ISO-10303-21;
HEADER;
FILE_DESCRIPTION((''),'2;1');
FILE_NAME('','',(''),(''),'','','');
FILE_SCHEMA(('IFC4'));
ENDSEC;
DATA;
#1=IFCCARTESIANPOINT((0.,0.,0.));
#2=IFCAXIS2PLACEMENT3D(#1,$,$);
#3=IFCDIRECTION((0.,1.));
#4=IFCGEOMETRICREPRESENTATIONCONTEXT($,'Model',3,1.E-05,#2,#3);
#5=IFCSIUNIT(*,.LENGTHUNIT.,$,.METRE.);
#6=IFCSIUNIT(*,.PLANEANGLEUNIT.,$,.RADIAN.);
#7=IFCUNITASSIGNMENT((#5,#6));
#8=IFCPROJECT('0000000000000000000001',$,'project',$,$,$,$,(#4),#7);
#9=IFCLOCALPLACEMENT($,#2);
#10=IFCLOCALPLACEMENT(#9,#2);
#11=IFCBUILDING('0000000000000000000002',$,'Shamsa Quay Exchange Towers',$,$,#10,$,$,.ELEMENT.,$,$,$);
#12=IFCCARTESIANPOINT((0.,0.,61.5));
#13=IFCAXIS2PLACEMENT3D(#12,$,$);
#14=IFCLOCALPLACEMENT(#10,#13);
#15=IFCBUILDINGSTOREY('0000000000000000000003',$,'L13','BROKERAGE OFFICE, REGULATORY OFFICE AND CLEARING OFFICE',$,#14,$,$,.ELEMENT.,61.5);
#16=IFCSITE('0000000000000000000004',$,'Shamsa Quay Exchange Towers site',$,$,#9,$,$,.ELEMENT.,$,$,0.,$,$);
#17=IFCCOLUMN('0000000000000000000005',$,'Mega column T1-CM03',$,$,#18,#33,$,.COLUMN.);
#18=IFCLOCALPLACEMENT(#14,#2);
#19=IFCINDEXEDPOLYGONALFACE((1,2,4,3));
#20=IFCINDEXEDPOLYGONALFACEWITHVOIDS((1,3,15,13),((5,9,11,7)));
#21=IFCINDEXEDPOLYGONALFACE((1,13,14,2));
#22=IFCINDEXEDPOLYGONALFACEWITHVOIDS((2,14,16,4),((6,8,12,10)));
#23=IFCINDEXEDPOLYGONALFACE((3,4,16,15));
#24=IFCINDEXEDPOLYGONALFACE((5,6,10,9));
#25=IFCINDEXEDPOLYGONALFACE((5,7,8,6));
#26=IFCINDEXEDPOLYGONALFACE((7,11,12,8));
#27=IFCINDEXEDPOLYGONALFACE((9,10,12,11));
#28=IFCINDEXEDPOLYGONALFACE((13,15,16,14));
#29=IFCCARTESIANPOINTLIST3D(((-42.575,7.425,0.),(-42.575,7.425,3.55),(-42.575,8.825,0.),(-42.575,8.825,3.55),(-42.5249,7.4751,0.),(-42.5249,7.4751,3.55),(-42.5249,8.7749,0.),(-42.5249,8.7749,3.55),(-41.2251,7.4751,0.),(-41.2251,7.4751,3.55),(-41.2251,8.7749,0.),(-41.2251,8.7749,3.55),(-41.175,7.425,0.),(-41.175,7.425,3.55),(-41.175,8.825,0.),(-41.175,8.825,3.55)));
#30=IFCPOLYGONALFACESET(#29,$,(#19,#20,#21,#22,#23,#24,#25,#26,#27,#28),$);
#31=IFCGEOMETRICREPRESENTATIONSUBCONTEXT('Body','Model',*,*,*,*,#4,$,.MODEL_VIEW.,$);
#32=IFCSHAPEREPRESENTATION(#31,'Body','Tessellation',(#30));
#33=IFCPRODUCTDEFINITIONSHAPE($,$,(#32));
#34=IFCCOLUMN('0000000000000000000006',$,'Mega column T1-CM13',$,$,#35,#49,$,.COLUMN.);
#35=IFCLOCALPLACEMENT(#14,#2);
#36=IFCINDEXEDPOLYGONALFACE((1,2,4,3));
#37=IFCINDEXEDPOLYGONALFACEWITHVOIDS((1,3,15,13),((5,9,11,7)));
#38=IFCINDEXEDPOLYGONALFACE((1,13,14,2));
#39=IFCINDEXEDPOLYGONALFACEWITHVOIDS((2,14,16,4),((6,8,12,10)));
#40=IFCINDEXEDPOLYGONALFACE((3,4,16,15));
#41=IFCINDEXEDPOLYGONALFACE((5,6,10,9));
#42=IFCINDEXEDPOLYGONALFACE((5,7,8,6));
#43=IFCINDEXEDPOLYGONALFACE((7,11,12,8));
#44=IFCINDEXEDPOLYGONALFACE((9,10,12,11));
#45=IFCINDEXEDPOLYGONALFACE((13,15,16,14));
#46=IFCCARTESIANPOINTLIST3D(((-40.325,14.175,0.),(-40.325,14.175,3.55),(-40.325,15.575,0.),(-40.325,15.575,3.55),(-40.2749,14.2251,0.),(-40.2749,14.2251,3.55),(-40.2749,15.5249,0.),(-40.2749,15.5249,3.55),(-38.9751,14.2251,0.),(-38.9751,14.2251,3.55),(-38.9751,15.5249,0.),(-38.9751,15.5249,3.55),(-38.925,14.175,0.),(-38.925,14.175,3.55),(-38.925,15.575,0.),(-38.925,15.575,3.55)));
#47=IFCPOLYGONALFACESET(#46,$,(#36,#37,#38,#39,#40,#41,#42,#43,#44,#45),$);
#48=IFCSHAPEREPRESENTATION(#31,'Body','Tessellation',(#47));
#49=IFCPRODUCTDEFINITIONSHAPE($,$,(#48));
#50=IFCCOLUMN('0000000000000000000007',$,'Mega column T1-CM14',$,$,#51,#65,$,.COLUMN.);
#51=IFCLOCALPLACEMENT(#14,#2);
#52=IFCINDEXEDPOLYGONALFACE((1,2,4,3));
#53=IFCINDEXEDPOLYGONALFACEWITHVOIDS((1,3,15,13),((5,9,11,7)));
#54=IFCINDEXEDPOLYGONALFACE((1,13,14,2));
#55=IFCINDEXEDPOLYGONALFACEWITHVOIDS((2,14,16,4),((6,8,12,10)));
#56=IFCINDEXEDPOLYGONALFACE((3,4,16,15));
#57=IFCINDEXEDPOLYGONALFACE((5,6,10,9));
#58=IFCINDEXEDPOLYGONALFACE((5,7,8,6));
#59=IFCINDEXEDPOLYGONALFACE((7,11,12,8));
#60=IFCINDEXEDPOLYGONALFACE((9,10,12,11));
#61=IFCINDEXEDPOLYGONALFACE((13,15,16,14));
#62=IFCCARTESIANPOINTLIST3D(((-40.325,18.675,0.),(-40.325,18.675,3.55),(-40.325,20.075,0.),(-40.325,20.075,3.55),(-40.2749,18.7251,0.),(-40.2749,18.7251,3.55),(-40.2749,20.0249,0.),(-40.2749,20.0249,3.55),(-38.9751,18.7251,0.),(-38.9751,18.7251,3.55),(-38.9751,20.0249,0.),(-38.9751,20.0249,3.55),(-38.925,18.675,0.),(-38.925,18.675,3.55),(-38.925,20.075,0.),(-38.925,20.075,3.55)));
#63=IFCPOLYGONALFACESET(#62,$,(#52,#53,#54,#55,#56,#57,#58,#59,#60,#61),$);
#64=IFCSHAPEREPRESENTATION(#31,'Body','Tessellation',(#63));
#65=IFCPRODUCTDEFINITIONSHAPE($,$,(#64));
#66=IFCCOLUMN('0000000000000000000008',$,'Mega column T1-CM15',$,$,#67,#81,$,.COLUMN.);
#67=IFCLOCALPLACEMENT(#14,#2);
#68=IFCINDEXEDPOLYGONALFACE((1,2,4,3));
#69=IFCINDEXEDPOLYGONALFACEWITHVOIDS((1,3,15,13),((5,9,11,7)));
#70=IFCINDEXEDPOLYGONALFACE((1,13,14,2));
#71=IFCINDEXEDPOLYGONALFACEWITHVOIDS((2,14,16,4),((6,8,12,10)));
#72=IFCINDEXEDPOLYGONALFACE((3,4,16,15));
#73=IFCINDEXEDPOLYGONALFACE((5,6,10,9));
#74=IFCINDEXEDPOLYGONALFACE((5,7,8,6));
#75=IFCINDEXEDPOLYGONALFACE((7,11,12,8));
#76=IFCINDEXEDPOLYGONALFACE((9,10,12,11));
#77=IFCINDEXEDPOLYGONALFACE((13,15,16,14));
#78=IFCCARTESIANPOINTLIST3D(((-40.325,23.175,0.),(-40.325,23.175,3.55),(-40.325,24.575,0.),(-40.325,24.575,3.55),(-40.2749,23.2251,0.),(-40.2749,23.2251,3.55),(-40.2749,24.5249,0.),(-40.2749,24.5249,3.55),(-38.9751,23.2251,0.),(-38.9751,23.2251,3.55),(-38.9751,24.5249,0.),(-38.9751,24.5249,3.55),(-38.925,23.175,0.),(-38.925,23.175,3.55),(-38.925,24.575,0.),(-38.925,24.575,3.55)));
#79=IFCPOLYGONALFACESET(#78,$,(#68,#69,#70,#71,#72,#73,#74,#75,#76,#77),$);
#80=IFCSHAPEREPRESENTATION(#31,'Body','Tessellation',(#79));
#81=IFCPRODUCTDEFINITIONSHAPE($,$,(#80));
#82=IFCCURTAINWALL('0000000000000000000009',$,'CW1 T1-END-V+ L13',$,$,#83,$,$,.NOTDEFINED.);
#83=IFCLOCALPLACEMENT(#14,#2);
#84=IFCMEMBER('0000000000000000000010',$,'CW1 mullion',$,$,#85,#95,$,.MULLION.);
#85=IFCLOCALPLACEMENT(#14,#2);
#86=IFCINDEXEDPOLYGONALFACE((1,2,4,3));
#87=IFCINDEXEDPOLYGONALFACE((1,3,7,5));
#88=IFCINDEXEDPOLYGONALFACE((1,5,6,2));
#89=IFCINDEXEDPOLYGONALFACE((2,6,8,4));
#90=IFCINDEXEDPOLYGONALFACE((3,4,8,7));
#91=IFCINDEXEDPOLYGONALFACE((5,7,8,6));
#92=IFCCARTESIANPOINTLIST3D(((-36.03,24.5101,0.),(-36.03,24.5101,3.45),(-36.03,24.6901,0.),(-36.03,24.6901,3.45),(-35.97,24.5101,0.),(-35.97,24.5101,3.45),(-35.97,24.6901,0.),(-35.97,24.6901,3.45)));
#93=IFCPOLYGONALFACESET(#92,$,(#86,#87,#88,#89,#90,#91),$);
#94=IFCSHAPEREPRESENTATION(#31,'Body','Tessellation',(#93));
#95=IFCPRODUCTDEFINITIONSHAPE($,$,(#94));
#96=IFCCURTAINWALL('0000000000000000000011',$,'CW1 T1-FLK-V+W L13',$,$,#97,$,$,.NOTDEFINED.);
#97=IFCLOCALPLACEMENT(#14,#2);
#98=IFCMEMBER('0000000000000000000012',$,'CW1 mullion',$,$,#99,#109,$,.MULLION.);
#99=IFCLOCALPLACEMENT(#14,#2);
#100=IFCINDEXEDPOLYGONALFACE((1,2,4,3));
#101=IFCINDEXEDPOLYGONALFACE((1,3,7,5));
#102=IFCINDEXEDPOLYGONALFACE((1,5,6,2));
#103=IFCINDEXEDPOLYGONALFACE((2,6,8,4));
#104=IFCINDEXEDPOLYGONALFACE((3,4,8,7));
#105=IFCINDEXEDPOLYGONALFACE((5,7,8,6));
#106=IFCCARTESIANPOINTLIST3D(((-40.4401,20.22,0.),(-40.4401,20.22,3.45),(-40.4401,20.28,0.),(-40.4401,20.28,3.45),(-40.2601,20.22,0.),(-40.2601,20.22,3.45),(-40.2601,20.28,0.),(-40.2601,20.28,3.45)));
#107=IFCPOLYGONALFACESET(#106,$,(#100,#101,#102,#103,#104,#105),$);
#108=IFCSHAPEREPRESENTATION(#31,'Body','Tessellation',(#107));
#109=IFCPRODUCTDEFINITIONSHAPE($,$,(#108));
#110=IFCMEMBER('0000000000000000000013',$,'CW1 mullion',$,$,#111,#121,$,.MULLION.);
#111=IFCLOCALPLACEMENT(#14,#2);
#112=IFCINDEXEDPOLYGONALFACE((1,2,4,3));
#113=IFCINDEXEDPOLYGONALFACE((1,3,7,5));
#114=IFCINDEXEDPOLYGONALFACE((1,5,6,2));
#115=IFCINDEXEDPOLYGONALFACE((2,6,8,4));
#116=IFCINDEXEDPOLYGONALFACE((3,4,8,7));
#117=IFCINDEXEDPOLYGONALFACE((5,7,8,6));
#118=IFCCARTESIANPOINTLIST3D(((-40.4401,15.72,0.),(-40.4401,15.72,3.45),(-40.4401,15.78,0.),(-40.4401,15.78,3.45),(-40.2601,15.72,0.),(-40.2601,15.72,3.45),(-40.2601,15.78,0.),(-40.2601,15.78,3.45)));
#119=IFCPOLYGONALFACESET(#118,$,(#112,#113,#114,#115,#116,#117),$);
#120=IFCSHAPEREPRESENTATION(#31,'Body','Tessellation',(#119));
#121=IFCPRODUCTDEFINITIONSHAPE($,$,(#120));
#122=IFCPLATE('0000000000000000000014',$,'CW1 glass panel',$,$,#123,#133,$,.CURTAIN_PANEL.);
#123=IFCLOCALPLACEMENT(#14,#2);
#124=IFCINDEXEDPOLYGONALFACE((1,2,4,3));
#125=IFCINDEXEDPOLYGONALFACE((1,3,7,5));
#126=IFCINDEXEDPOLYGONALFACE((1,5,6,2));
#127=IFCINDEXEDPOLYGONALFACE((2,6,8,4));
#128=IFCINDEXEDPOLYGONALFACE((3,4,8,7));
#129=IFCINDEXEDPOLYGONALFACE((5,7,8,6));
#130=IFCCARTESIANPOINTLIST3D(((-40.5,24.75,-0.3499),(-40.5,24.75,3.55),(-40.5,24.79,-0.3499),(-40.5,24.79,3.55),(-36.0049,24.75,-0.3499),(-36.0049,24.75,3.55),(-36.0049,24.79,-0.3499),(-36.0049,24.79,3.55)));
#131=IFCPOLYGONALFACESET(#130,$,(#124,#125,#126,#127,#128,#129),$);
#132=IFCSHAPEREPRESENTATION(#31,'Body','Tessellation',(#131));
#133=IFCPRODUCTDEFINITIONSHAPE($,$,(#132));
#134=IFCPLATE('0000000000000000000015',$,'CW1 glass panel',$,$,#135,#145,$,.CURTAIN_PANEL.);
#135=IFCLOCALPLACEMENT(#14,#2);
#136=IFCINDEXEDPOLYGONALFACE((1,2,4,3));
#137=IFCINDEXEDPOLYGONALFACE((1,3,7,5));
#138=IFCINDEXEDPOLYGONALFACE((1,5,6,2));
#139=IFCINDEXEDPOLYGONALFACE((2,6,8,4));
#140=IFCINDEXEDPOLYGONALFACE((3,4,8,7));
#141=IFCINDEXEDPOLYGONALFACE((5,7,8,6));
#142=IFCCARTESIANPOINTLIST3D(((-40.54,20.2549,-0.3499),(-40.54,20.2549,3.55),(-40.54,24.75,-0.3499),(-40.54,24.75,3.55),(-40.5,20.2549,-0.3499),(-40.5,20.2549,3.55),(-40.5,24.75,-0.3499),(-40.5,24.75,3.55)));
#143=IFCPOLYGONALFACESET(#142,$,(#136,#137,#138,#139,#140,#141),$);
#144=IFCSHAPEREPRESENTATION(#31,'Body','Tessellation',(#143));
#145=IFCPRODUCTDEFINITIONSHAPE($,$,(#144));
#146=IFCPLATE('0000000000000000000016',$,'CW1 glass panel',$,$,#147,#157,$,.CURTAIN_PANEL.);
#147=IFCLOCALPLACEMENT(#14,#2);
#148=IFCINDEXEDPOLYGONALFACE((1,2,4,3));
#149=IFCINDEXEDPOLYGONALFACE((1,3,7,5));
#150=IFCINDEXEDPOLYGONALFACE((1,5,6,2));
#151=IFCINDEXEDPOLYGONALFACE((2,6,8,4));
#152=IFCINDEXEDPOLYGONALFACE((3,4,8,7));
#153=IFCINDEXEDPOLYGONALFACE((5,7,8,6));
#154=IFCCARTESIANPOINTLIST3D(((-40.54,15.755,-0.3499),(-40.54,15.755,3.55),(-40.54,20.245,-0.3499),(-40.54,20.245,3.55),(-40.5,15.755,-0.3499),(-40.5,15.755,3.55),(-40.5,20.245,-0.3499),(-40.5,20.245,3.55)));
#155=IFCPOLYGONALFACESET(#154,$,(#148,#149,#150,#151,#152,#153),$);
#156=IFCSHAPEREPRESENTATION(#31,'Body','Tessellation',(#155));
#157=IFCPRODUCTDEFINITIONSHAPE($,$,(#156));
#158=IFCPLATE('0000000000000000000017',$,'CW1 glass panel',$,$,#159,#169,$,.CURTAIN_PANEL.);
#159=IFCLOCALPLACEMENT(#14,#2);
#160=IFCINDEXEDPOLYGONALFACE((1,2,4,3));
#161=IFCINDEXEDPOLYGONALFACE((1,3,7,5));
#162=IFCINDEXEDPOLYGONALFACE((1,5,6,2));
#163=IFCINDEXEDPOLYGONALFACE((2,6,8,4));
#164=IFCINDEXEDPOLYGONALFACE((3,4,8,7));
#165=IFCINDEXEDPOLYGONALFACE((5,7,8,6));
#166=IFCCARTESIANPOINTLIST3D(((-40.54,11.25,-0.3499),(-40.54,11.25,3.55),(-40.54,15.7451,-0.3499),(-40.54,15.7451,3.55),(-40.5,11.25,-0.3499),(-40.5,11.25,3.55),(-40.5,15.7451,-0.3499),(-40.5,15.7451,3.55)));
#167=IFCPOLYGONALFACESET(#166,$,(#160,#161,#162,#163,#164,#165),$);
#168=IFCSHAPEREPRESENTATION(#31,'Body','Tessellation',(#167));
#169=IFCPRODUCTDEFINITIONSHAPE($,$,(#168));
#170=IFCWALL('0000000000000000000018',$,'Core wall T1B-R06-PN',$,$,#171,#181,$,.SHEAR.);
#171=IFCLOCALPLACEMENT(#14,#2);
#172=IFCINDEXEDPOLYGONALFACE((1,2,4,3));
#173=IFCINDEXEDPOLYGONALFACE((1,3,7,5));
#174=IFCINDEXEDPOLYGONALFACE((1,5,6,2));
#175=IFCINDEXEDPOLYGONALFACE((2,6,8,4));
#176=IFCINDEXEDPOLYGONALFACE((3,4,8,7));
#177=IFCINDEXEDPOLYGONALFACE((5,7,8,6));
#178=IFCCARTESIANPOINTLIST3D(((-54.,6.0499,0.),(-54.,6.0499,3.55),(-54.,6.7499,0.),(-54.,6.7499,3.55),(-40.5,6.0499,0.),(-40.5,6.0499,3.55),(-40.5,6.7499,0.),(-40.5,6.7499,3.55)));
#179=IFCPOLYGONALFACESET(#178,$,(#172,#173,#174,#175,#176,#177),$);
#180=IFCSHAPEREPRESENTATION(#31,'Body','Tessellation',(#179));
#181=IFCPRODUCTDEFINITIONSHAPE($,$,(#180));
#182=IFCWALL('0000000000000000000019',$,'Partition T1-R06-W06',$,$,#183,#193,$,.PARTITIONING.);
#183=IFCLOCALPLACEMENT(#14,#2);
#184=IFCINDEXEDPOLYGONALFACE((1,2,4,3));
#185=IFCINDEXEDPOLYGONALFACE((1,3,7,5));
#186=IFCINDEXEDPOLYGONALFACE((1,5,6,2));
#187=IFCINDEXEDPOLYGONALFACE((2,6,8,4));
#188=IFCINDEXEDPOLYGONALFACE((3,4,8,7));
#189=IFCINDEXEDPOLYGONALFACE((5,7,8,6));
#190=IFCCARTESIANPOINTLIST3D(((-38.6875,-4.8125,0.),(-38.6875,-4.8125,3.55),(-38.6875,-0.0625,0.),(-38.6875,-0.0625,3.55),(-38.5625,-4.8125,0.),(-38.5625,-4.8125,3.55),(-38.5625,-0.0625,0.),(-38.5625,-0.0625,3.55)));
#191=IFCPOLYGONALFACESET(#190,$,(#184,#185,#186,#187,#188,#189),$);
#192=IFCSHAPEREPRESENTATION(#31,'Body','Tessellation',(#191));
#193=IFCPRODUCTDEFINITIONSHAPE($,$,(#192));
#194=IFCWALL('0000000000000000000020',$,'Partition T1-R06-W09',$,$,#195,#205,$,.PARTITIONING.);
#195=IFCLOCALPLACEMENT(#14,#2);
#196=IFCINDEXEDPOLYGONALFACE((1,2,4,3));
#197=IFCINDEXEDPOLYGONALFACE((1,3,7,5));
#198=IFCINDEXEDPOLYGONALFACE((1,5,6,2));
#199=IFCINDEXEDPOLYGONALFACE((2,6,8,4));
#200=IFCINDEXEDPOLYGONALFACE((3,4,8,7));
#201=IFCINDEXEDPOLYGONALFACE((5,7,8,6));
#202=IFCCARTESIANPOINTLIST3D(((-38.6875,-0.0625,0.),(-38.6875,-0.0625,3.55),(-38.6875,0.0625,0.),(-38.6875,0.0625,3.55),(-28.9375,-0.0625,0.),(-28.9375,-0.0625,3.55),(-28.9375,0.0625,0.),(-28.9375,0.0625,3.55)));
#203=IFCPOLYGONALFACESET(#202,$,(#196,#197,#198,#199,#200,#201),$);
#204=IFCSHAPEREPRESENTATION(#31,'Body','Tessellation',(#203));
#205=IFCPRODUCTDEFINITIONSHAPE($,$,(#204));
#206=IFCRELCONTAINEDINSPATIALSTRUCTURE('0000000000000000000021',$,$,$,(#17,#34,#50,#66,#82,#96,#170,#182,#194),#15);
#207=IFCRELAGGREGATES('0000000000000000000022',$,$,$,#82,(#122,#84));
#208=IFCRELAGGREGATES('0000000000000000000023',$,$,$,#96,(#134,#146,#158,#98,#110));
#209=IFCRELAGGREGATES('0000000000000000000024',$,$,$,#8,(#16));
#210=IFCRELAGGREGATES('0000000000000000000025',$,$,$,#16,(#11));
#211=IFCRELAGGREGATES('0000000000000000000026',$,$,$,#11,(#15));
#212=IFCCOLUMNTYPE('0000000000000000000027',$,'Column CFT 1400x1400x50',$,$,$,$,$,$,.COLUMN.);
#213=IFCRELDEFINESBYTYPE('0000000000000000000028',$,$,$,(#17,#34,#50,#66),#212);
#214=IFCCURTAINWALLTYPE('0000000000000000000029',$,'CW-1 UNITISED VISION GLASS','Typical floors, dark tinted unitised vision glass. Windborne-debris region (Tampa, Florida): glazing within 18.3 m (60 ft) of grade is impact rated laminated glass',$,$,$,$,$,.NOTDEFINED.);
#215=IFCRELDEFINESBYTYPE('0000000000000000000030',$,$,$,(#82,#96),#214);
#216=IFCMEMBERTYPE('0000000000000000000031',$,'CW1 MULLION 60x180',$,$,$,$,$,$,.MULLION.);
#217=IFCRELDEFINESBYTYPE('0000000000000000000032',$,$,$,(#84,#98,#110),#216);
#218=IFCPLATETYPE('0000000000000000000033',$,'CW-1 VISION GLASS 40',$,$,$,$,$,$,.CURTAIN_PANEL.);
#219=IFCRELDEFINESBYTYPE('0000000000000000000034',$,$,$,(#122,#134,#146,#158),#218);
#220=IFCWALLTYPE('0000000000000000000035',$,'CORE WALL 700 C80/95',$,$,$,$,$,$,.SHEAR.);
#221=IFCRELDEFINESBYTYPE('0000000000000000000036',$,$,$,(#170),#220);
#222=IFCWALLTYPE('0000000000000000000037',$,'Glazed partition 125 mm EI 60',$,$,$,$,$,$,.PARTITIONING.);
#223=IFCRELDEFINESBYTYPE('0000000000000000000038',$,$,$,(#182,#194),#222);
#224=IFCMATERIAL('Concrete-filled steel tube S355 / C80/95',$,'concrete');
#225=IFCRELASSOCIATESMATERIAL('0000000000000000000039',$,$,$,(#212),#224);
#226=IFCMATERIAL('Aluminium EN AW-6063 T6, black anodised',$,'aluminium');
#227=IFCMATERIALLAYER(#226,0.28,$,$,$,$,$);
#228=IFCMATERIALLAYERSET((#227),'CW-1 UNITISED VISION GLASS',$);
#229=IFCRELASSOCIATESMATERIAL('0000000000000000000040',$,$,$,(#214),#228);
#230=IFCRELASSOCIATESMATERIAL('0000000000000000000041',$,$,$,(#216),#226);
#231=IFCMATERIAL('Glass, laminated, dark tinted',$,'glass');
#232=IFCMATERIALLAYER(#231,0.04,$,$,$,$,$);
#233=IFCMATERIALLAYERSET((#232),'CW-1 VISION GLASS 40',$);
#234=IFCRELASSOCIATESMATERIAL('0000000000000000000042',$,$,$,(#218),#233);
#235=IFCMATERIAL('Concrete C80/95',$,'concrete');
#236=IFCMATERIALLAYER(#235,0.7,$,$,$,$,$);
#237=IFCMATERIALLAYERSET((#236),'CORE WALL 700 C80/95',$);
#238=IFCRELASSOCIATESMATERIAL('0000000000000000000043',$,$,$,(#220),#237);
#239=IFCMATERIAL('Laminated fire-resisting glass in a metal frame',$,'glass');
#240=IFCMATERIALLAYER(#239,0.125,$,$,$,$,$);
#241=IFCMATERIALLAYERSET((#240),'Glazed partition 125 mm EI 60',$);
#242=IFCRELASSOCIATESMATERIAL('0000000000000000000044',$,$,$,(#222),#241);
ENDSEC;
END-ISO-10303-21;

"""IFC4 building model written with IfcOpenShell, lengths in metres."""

from ifc_helpers import new_model, si_unit, direction, frame, frame_2d, origin, origin_2d, place, context, subcontext, project, spatial, rectangle, hollow_rectangle, extrude, material, layer, layer_set, material_profile, profile_set, type_object, element, aggregate, save


model = new_model("IFC4")

# Units and contexts
model_context = context("Model", 3, precision=1e-05, world=origin(), true_north=direction((0.0, 1.0)))
body_context = subcontext(model_context, "Body", "Model", "MODEL_VIEW")
ifc_project = project(units=[si_unit("LENGTHUNIT", "METRE"), si_unit("PLANEANGLEUNIT", "RADIAN")], contexts=[model_context])

# Site, building, storey
site_placement = place(None, origin())
site = spatial("IfcSite", under=ifc_project, at=site_placement, Name="Shamsa Quay Exchange Towers site", CompositionType="ELEMENT", RefElevation=0.0)
building_placement = place(site_placement, origin())
building = spatial("IfcBuilding", under=site, at=building_placement, Name="Shamsa Quay Exchange Towers", CompositionType="ELEMENT")
storey_placement = place(building_placement, frame((0.0, 0.0, 61.5)))
storey = spatial("IfcBuildingStorey", under=building, at=storey_placement, Name="L13", Description="BROKERAGE OFFICE, REGULATORY OFFICE AND CLEARING OFFICE", CompositionType="ELEMENT", Elevation=61.5)

# Columns
ifc_material_1 = material(Name="Concrete-filled steel tube S355 / C80/95", Category="concrete")
ifc_material_profile_1 = material_profile(ifc_material_1, hollow_rectangle(XDim=1.3999, YDim=1.3999, WallThickness=0.05, at=origin_2d()), Name="CFT 1400x1400x50")
ifc_profile_set_1 = profile_set([ifc_material_profile_1], Name="Concrete-filled steel tube S355 / C80/95")
column_type = type_object("IfcColumnType", Name="Column CFT 1400x1400x50", PredefinedType="COLUMN", material=ifc_profile_set_1)
for number, where, name in (
    (1, (-41.875, 8.125, 0.0), "Mega column T1-CM03"),
    (2, (-39.625, 14.875, 0.0), "Mega column T1-CM13"),
    (3, (-39.625, 19.375, 0.0), "Mega column T1-CM14"),
    (4, (-39.625, 23.875, 0.0), "Mega column T1-CM15"),
):
    element("IfcColumn", number, at=place(storey_placement, frame(where)), inside=storey, type_object=column_type, Name=name, PredefinedType="COLUMN", context=body_context, shape_type="SweptSolid", body=[
        extrude(hollow_rectangle(XDim=1.3999, YDim=1.3999, WallThickness=0.05, at=origin_2d()), origin(), (0.0, 0.0, 1.0), 3.55),
    ])

# Curtain wall, member
ifc_material_2 = material(Name="Aluminium EN AW-6063 T6, black anodised", Category="aluminium")
ifc_layer_1 = layer(ifc_material_2, 0.28)
ifc_layer_set_1 = layer_set([ifc_layer_1], Name="CW-1 UNITISED VISION GLASS")
curtain_wall_type = type_object("IfcCurtainWallType", Name="CW-1 UNITISED VISION GLASS", Description="Typical floors, dark tinted unitised vision glass. Windborne-debris region (Tampa, Florida): glazing within 18.3 m (60 ft) of grade is impact rated laminated glass", PredefinedType="NOTDEFINED", material=ifc_layer_set_1)
curtain_wall_1_placement = place(storey_placement, origin())
curtain_wall_1 = element("IfcCurtainWall", 5, at=curtain_wall_1_placement, inside=storey, type_object=curtain_wall_type, Name="CW1 T1-END-V+ L13", PredefinedType="NOTDEFINED")
ifc_material_profile_2 = material_profile(ifc_material_2, rectangle(XDim=0.1799, YDim=0.0601, at=origin_2d()), Name="MU60x180")
ifc_profile_set_2 = profile_set([ifc_material_profile_2], Name="Aluminium EN AW-6063 T6, black anodised")
member_type = type_object("IfcMemberType", Name="CW1 MULLION 60x180", PredefinedType="MULLION", material=ifc_profile_set_2)
member_1_placement = place(storey_placement, frame((-36.0, 24.6001, 0.0), z_axis=(0.0, 0.0, 1.0), x_axis=(0.0, -1.0, 0.0)))
member_1 = element("IfcMember", 6, at=member_1_placement, type_object=member_type, Name="CW1 mullion", PredefinedType="MULLION", context=body_context, shape_type="SweptSolid", body=[
    extrude(rectangle(XDim=0.1799, YDim=0.0601, at=origin_2d()), origin(), (0.0, 0.0, 1.0), 3.45),
])

# Curtain wall, members
curtain_wall_2_placement = place(storey_placement, origin())
curtain_wall_2 = element("IfcCurtainWall", 7, at=curtain_wall_2_placement, inside=storey, type_object=curtain_wall_type, Name="CW1 T1-FLK-V+W L13", PredefinedType="NOTDEFINED")
member_2_placement = place(storey_placement, frame((-40.3501, 20.25, 0.0)))
member_2 = element("IfcMember", 8, at=member_2_placement, type_object=member_type, Name="CW1 mullion", PredefinedType="MULLION", context=body_context, shape_type="SweptSolid", body=[
    extrude(rectangle(XDim=0.1799, YDim=0.0601, at=origin_2d()), origin(), (0.0, 0.0, 1.0), 3.45),
])
member_3_placement = place(storey_placement, frame((-40.3501, 15.75, 0.0)))
member_3 = element("IfcMember", 9, at=member_3_placement, type_object=member_type, Name="CW1 mullion", PredefinedType="MULLION", context=body_context, shape_type="SweptSolid", body=[
    extrude(rectangle(XDim=0.1799, YDim=0.0601, at=origin_2d()), origin(), (0.0, 0.0, 1.0), 3.45),
])

# Plates
ifc_material_3 = material(Name="Glass, laminated, dark tinted", Category="glass")
ifc_layer_2 = layer(ifc_material_3, 0.04)
ifc_layer_set_2 = layer_set([ifc_layer_2], Name="CW-1 VISION GLASS 40")
plate_type = type_object("IfcPlateType", Name="CW-1 VISION GLASS 40", PredefinedType="CURTAIN_PANEL", material=ifc_layer_set_2)
plate_1_placement = place(storey_placement, frame((-38.2524, 24.77, -0.3499), z_axis=(0.0, 0.0, 1.0), x_axis=(-1.0, 0.0, 0.0)))
plate_1 = element("IfcPlate", 10, at=plate_1_placement, type_object=plate_type, Name="CW1 glass panel", PredefinedType="CURTAIN_PANEL", context=body_context, shape_type="SweptSolid", body=[
    extrude(rectangle(XDim=4.4951, YDim=0.04, at=origin_2d()), origin(), (0.0, 0.0, 1.0), 3.8999),
])
aggregate(curtain_wall_1, [plate_1, member_1])
plate_2_placement = place(storey_placement, frame((-40.52, 22.5024, -0.3499), z_axis=(0.0, 0.0, 1.0), x_axis=(0.0, -1.0, 0.0)))
plate_2 = element("IfcPlate", 11, at=plate_2_placement, type_object=plate_type, Name="CW1 glass panel", PredefinedType="CURTAIN_PANEL", context=body_context, shape_type="SweptSolid", body=[
    extrude(rectangle(XDim=4.4951, YDim=0.04, at=origin_2d()), origin(), (0.0, 0.0, 1.0), 3.8999),
])
plate_3_placement = place(storey_placement, frame((-40.52, 18.0, -0.3499), z_axis=(0.0, 0.0, 1.0), x_axis=(0.0, -1.0, 0.0)))
plate_3 = element("IfcPlate", 12, at=plate_3_placement, type_object=plate_type, Name="CW1 glass panel", PredefinedType="CURTAIN_PANEL", context=body_context, shape_type="SweptSolid", body=[
    extrude(rectangle(XDim=4.49, YDim=0.04, at=origin_2d()), origin(), (0.0, 0.0, 1.0), 3.8999),
])
plate_4_placement = place(storey_placement, frame((-40.52, 13.4976, -0.3499), z_axis=(0.0, 0.0, 1.0), x_axis=(0.0, -1.0, 0.0)))
plate_4 = element("IfcPlate", 13, at=plate_4_placement, type_object=plate_type, Name="CW1 glass panel", PredefinedType="CURTAIN_PANEL", context=body_context, shape_type="SweptSolid", body=[
    extrude(rectangle(XDim=4.4951, YDim=0.04, at=origin_2d()), origin(), (0.0, 0.0, 1.0), 3.8999),
])
aggregate(curtain_wall_2, [plate_2, plate_3, plate_4, member_2, member_3])

# Walls
ifc_material_4 = material(Name="Concrete C80/95", Category="concrete")
ifc_layer_3 = layer(ifc_material_4, 0.7)
ifc_layer_set_3 = layer_set([ifc_layer_3], Name="CORE WALL 700 C80/95")
wall_type_1 = type_object("IfcWallType", Name="CORE WALL 700 C80/95", PredefinedType="SHEAR", material=ifc_layer_set_3)
wall_1_placement = place(storey_placement, frame((-40.5, 6.3999, 0.0), z_axis=(0.0, 0.0, 1.0), x_axis=(-1.0, 0.0, 0.0)))
element("IfcWall", 14, at=wall_1_placement, inside=storey, type_object=wall_type_1, Name="Core wall T1B-R06-PN", PredefinedType="SHEAR", context=body_context, shape_type="SweptSolid", body=[
    extrude(rectangle(XDim=13.5, YDim=0.7, at=frame_2d((6.75, 0.0))), origin(), (0.0, 0.0, 1.0), 3.55),
])
ifc_material_5 = material(Name="Laminated fire-resisting glass in a metal frame", Category="glass")
ifc_layer_4 = layer(ifc_material_5, 0.125)
ifc_layer_set_4 = layer_set([ifc_layer_4], Name="Glazed partition 125 mm EI 60")
wall_type_2 = type_object("IfcWallType", Name="Glazed partition 125 mm EI 60", PredefinedType="PARTITIONING", material=ifc_layer_set_4)
wall_2_placement = place(storey_placement, frame((-38.625, -0.0625, 0.0), z_axis=(0.0, 0.0, 1.0), x_axis=(0.0, -1.0, 0.0)))
element("IfcWall", 15, at=wall_2_placement, inside=storey, type_object=wall_type_2, Name="Partition T1-R06-W06", PredefinedType="PARTITIONING", context=body_context, shape_type="SweptSolid", body=[
    extrude(rectangle(XDim=4.75, YDim=0.125, at=frame_2d((2.375, 0.0))), origin(), (0.0, 0.0, 1.0), 3.55),
])
wall_3_placement = place(storey_placement, frame((-38.6875, 0.0, 0.0)))
element("IfcWall", 16, at=wall_3_placement, inside=storey, type_object=wall_type_2, Name="Partition T1-R06-W09", PredefinedType="PARTITIONING", context=body_context, shape_type="SweptSolid", body=[
    extrude(rectangle(XDim=9.75, YDim=0.125, at=frame_2d((4.875, 0.0))), origin(), (0.0, 0.0, 1.0), 3.55),
])

save(model, "model.ifc")
